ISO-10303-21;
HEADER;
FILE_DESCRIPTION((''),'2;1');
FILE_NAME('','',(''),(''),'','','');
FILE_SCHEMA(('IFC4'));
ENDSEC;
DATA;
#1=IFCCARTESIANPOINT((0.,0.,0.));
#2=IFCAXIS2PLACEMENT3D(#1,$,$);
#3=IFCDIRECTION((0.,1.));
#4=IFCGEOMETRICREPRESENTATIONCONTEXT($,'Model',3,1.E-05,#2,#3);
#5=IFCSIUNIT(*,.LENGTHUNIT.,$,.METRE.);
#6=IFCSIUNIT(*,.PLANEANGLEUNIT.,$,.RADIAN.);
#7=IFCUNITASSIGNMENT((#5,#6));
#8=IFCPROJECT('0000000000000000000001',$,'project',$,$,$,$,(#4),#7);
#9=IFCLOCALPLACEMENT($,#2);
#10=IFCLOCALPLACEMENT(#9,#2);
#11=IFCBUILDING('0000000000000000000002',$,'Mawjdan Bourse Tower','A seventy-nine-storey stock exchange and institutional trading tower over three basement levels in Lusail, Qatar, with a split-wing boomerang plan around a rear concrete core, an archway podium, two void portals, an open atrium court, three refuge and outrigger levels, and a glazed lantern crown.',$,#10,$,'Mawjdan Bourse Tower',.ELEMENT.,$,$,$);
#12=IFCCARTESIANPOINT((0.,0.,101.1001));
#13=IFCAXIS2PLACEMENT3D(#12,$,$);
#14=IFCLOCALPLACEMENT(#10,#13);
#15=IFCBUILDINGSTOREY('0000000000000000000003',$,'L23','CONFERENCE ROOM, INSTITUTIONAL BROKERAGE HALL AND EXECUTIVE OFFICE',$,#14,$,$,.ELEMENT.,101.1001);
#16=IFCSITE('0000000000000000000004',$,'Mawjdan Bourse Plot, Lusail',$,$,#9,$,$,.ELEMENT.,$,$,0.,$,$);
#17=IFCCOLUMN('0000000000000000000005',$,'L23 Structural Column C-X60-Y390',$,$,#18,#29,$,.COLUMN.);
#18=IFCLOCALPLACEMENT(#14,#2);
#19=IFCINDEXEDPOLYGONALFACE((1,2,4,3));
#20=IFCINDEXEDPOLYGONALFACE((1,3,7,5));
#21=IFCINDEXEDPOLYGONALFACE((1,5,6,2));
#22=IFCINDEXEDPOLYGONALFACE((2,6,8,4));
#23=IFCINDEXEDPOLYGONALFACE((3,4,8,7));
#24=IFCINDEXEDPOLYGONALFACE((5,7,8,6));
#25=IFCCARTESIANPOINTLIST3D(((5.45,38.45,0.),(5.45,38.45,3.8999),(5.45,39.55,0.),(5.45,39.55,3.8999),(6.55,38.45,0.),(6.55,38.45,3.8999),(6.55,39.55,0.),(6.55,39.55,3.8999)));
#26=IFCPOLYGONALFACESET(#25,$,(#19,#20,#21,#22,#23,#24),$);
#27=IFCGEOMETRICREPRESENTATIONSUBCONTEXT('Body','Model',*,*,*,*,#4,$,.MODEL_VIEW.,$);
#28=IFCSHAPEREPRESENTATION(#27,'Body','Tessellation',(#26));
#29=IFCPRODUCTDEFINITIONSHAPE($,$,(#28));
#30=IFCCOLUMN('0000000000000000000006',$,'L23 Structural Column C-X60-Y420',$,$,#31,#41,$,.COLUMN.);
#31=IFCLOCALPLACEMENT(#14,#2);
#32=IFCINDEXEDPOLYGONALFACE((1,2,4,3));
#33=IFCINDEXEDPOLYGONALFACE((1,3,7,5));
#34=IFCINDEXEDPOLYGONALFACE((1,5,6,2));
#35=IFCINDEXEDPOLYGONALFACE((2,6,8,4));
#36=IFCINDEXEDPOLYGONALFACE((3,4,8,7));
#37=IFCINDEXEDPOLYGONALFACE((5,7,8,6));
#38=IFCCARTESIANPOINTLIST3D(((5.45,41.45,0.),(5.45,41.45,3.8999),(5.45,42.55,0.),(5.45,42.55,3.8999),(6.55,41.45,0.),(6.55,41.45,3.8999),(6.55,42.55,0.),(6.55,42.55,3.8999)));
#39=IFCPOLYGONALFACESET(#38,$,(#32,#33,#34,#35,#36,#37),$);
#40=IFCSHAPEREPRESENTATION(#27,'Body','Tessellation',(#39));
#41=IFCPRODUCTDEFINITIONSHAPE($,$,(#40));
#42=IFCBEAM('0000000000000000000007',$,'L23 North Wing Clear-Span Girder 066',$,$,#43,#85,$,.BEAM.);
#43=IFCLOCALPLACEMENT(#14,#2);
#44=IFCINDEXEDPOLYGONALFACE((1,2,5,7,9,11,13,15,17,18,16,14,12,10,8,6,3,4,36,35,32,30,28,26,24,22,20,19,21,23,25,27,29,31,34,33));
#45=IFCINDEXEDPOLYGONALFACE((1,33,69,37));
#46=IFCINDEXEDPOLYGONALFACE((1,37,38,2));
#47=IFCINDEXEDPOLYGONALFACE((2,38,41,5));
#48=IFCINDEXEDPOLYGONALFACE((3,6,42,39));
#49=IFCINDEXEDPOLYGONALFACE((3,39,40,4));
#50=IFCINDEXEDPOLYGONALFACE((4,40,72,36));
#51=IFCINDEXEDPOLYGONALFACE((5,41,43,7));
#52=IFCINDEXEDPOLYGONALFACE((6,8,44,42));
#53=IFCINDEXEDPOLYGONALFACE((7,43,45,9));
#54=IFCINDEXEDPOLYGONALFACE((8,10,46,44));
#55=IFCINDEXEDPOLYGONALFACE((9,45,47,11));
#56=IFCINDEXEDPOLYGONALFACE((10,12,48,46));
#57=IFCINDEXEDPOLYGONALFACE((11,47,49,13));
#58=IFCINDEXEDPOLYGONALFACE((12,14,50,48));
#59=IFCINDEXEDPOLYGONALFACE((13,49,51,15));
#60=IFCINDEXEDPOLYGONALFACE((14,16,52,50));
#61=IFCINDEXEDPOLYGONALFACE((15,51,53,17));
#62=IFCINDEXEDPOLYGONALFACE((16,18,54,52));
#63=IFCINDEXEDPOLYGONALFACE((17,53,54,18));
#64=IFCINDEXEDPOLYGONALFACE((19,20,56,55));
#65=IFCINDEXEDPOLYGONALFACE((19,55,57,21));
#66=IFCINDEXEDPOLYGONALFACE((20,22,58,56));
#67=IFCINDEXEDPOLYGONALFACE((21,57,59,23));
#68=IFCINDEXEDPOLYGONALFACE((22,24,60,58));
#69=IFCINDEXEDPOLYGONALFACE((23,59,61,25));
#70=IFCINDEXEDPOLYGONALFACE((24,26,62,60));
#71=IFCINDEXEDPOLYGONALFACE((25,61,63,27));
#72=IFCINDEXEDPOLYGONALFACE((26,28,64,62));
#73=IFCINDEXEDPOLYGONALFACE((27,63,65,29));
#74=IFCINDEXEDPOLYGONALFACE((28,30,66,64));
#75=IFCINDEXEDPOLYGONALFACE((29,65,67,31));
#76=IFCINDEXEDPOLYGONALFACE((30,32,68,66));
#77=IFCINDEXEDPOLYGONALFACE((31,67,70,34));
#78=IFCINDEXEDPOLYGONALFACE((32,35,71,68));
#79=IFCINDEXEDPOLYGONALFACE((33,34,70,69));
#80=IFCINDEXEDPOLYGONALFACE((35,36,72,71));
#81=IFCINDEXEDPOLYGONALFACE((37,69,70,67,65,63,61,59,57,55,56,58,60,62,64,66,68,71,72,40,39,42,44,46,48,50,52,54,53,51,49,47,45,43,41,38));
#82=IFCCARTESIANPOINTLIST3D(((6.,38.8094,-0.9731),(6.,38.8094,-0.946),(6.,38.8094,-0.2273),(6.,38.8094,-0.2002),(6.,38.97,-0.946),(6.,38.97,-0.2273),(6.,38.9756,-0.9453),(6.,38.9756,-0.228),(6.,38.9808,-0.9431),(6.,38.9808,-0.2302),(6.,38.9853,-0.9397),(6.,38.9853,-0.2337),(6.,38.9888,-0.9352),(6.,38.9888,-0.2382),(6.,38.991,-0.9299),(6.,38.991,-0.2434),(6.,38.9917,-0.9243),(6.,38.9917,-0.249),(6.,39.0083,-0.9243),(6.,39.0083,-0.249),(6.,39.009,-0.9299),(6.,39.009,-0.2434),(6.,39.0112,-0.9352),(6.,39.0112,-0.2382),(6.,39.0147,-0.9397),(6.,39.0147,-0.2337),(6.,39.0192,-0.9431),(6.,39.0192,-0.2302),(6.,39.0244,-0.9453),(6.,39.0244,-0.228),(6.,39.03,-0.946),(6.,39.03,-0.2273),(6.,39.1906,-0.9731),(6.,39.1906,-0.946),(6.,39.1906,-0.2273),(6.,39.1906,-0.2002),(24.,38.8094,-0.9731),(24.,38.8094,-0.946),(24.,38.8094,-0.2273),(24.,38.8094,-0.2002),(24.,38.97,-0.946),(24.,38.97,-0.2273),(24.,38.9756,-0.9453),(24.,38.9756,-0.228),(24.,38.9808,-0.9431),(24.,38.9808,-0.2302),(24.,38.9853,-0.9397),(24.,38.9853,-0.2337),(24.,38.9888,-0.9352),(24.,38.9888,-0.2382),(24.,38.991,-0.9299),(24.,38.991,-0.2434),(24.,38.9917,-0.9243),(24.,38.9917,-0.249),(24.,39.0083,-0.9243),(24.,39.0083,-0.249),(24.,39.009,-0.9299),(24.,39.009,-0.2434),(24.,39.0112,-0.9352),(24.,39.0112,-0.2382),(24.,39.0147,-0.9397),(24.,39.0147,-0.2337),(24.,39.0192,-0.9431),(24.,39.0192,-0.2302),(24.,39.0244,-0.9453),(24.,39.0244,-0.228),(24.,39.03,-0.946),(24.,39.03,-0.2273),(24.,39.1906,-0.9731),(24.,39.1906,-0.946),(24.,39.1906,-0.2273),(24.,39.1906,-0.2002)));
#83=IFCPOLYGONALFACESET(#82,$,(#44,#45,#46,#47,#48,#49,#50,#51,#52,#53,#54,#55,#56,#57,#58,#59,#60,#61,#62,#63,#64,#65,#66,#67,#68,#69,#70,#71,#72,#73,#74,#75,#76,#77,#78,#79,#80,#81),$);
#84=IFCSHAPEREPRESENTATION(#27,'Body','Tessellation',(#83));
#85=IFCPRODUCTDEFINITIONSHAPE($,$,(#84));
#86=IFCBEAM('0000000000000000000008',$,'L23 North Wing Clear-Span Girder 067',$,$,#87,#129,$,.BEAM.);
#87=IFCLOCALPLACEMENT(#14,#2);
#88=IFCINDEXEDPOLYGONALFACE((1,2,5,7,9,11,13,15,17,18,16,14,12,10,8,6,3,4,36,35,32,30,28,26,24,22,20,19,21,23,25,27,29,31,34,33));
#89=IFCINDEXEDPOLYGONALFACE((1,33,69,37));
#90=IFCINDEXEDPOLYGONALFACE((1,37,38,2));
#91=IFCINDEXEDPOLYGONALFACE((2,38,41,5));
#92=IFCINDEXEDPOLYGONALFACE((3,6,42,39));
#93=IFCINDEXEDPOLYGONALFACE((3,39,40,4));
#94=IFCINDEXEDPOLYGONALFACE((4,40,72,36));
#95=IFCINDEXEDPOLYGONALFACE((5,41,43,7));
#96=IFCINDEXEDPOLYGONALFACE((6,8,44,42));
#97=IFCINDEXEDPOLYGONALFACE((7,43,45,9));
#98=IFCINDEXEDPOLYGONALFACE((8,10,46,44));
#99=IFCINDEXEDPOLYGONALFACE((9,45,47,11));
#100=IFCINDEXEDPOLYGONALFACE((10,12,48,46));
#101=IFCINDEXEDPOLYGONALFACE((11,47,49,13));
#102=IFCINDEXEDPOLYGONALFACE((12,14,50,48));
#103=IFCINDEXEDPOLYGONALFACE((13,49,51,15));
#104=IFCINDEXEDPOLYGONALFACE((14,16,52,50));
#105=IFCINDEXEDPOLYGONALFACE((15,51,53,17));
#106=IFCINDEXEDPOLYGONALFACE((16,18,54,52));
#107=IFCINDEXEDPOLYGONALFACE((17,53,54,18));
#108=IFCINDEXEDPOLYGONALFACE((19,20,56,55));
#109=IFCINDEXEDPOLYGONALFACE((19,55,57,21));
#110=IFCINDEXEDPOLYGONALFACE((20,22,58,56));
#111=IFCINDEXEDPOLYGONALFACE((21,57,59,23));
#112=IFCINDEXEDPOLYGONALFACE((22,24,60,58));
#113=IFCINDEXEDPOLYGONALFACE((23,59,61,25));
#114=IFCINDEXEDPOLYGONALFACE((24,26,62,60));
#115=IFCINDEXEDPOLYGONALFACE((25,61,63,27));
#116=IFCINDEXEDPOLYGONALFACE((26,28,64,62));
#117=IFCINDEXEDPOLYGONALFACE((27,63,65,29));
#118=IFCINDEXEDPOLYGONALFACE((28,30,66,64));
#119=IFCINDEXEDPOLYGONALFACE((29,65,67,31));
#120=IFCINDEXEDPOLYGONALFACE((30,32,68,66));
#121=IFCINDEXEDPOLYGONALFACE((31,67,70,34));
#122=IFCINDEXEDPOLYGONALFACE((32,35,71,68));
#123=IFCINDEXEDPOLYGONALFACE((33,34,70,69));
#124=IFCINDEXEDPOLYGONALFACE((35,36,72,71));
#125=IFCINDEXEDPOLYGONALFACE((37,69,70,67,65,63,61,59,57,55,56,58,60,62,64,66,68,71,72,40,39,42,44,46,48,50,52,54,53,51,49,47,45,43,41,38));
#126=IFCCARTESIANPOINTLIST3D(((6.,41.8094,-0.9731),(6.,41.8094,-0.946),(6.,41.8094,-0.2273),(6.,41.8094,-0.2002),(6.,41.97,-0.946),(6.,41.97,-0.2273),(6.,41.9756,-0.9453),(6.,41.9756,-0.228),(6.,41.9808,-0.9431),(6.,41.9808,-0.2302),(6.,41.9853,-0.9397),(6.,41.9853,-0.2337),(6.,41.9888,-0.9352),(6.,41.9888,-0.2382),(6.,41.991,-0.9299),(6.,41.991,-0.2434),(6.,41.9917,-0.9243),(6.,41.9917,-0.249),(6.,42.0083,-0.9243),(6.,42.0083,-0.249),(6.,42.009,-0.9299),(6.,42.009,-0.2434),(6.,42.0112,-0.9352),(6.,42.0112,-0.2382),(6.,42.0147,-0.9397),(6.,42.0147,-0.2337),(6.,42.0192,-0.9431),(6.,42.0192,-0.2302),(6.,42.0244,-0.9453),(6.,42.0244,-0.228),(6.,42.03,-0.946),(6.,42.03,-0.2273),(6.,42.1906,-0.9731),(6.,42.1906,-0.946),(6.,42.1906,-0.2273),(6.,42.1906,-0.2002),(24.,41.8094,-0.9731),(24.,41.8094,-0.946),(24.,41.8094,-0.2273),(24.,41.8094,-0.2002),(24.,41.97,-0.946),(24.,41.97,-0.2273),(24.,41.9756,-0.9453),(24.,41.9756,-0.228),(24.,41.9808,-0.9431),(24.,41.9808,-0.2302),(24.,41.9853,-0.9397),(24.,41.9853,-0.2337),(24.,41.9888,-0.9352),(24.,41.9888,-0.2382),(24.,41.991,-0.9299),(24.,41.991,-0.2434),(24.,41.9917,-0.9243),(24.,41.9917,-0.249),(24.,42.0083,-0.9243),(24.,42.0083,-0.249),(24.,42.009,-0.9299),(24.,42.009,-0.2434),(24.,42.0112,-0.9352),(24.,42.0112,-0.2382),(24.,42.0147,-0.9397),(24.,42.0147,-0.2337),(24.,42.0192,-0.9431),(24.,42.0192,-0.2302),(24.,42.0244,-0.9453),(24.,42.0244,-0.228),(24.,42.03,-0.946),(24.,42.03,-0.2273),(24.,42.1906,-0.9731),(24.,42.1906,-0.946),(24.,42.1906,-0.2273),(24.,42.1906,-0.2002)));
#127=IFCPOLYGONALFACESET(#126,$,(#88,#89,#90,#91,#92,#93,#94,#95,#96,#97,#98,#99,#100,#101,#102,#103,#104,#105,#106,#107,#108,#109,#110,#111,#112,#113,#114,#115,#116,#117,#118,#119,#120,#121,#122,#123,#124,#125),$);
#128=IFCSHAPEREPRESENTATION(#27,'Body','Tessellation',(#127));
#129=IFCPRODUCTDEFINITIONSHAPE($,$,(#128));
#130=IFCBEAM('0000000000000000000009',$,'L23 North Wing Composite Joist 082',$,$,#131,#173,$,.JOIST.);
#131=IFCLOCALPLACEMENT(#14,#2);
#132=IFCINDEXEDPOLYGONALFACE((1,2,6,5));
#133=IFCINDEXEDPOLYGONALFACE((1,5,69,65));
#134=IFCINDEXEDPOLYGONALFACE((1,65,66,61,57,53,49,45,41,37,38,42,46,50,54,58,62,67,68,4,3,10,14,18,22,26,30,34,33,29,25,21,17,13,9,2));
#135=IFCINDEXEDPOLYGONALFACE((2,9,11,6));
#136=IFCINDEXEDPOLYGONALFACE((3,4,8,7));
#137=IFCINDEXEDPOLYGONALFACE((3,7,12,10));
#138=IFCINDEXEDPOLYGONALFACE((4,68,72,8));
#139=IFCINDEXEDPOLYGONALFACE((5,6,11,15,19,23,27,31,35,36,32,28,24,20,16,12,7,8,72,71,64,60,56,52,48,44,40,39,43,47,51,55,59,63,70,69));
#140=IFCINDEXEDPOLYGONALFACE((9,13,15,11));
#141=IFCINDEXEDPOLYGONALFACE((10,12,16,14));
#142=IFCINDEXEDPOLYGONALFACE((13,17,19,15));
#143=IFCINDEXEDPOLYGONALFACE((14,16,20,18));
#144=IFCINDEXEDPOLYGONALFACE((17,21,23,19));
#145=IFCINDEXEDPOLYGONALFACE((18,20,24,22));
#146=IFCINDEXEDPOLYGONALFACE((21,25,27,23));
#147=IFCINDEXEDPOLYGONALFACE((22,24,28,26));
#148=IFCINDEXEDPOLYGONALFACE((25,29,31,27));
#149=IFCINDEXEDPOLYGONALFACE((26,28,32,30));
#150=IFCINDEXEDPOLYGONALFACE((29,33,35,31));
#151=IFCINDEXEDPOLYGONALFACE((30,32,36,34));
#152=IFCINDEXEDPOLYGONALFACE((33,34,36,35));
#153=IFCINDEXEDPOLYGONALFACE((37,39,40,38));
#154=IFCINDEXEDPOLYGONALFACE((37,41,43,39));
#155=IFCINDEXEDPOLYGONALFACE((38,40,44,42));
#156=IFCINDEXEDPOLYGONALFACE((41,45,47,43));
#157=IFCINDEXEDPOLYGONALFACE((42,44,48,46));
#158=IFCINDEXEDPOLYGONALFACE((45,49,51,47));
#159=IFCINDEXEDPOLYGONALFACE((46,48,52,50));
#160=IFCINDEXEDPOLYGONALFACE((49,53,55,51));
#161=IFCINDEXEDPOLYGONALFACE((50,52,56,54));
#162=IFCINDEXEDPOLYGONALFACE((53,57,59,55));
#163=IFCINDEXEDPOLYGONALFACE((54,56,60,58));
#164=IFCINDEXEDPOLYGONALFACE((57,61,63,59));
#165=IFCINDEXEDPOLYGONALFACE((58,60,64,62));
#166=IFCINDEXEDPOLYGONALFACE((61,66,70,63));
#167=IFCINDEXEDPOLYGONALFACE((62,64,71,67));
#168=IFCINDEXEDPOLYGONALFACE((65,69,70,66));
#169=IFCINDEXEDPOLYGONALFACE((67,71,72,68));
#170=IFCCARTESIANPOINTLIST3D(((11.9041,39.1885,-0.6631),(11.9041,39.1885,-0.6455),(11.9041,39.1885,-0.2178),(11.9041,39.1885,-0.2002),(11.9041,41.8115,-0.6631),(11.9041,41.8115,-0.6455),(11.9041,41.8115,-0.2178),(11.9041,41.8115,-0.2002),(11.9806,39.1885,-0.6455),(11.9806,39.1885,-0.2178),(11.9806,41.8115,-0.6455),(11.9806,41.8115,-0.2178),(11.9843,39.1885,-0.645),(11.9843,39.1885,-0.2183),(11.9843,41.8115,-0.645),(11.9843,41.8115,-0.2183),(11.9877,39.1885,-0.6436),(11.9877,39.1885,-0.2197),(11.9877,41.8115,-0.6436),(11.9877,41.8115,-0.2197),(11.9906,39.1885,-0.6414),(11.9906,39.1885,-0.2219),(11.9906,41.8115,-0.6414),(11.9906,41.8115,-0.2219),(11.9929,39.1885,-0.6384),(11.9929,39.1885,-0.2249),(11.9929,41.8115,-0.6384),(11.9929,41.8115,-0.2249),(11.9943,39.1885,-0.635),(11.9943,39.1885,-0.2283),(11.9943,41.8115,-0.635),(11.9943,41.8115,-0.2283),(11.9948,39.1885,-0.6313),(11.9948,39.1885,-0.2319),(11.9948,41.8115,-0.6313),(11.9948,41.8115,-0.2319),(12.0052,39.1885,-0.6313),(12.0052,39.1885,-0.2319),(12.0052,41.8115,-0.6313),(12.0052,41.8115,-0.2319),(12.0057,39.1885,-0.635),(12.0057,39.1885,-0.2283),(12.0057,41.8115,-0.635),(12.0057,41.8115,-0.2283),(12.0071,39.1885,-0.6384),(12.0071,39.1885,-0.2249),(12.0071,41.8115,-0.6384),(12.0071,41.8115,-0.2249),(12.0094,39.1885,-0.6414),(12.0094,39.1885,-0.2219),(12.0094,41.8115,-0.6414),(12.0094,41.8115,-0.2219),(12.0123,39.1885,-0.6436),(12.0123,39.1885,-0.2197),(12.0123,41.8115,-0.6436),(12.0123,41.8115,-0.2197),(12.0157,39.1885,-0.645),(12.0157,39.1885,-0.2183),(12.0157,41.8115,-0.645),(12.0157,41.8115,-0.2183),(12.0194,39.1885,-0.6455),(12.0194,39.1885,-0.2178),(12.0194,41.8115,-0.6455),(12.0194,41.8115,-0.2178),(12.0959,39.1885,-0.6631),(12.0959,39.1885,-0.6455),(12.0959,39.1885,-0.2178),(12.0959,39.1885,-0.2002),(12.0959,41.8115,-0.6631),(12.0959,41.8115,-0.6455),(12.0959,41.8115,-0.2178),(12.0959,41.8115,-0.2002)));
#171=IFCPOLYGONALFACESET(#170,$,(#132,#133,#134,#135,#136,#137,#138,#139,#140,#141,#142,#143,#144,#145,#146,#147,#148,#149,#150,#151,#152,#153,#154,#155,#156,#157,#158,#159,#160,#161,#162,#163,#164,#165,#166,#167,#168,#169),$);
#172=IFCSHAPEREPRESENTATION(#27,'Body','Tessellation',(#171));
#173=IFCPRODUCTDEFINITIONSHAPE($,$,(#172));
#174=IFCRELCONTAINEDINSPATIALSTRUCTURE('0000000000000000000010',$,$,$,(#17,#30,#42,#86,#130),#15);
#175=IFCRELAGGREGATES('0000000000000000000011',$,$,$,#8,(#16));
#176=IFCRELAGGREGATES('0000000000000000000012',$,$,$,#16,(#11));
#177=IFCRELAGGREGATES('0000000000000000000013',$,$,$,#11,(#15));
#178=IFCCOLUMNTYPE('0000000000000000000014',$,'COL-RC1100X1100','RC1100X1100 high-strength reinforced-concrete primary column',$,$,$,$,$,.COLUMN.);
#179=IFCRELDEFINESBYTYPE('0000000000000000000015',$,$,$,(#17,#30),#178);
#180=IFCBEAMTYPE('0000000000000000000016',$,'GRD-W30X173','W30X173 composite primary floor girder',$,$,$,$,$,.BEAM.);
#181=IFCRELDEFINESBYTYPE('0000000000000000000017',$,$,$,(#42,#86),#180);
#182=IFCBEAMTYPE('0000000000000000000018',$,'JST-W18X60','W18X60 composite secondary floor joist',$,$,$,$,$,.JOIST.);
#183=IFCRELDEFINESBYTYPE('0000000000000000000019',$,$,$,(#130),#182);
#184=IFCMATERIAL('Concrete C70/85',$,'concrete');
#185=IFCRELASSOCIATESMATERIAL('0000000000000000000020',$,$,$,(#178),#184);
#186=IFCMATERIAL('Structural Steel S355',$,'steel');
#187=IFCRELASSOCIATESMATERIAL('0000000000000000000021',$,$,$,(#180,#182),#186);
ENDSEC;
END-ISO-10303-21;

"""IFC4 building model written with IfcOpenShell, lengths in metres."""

from ifc_helpers import new_model, si_unit, direction, frame, origin, origin_2d, place, context, subcontext, project, spatial, rectangle, i_section, extrude, material, material_profile, profile_set, type_object, element, save


model = new_model("IFC4")

# Units and contexts
model_context = context("Model", 3, precision=1e-05, world=origin(), true_north=direction((0.0, 1.0)))
body_context = subcontext(model_context, "Body", "Model", "MODEL_VIEW")
ifc_project = project(units=[si_unit("LENGTHUNIT", "METRE"), si_unit("PLANEANGLEUNIT", "RADIAN")], contexts=[model_context])

# Site, building, storey
site_placement = place(None, origin())
site = spatial("IfcSite", under=ifc_project, at=site_placement, Name="Mawjdan Bourse Plot, Lusail", CompositionType="ELEMENT", RefElevation=0.0)
building_placement = place(site_placement, origin())
building = spatial("IfcBuilding", under=site, at=building_placement, Name="Mawjdan Bourse Tower", Description="A seventy-nine-storey stock exchange and institutional trading tower over three basement levels in Lusail, Qatar, with a split-wing boomerang plan around a rear concrete core, an archway podium, two void portals, an open atrium court, three refuge and outrigger levels, and a glazed lantern crown.", LongName="Mawjdan Bourse Tower", CompositionType="ELEMENT")
storey_placement = place(building_placement, frame((0.0, 0.0, 101.1001)))
storey = spatial("IfcBuildingStorey", under=building, at=storey_placement, Name="L23", Description="CONFERENCE ROOM, INSTITUTIONAL BROKERAGE HALL AND EXECUTIVE OFFICE", CompositionType="ELEMENT", Elevation=101.1001)

# Columns
ifc_material_1 = material(Name="Concrete C70/85", Category="concrete")
ifc_material_profile_1 = material_profile(ifc_material_1, rectangle(XDim=1.1001, YDim=1.1001, at=origin_2d()), Name="RC1100X1100")
ifc_profile_set_1 = profile_set([ifc_material_profile_1], Name="Concrete C70/85")
column_type = type_object("IfcColumnType", Name="COL-RC1100X1100", Description="RC1100X1100 high-strength reinforced-concrete primary column", PredefinedType="COLUMN", material=ifc_profile_set_1)
for number, where, z_axis, x_axis, name in (
    (1, (6.0, 39.0, 0.0), (0.0, 0.0, 1.0), (1.0, 0.0, 0.0), "L23 Structural Column C-X60-Y390"),
    (2, (6.0, 42.0, 0.0), (0.0, 0.0, 1.0), (1.0, 0.0, 0.0), "L23 Structural Column C-X60-Y420"),
):
    element("IfcColumn", number, at=place(storey_placement, frame(where, z_axis=z_axis, x_axis=x_axis)), inside=storey, type_object=column_type, Name=name, PredefinedType="COLUMN", context=body_context, shape_type="SweptSolid", body=[
        extrude(rectangle(XDim=1.1001, YDim=1.1001, at=origin_2d()), origin(), (0.0, 0.0, 1.0), 3.8999),
    ])

# Beams
ifc_material_2 = material(Name="Structural Steel S355", Category="steel")
ifc_material_profile_2 = material_profile(ifc_material_2, i_section(OverallWidth=0.3811, OverallDepth=0.7729, WebThickness=0.0166, FlangeThickness=0.0271, FilletRadius=0.0217, at=origin_2d()), Name="W30X173")
ifc_profile_set_2 = profile_set([ifc_material_profile_2], Name="Structural Steel S355")
beam_type_1 = type_object("IfcBeamType", Name="GRD-W30X173", Description="W30X173 composite primary floor girder", PredefinedType="BEAM", material=ifc_profile_set_2)
for number, where, z_axis, x_axis, name in (
    (3, (6.0, 39.0, -0.5867), (1.0, 0.0, 0.0), (0.0, 1.0, 0.0), "L23 North Wing Clear-Span Girder 066"),
    (4, (6.0, 42.0, -0.5867), (1.0, 0.0, 0.0), (0.0, 1.0, 0.0), "L23 North Wing Clear-Span Girder 067"),
):
    element("IfcBeam", number, at=place(storey_placement, frame(where, z_axis=z_axis, x_axis=x_axis)), inside=storey, type_object=beam_type_1, Name=name, PredefinedType="BEAM", context=body_context, shape_type="SweptSolid", body=[
        extrude(i_section(OverallWidth=0.3811, OverallDepth=0.7729, WebThickness=0.0166, FlangeThickness=0.0271, FilletRadius=0.0217, at=origin_2d()), origin(), (0.0, 0.0, 1.0), 18.0),
    ])
ifc_material_profile_3 = material_profile(ifc_material_2, i_section(OverallWidth=0.1919, OverallDepth=0.4629, WebThickness=0.0105, FlangeThickness=0.0176, FilletRadius=0.0142, at=origin_2d()), Name="W18X60")
ifc_profile_set_3 = profile_set([ifc_material_profile_3], Name="Structural Steel S355")
beam_type_2 = type_object("IfcBeamType", Name="JST-W18X60", Description="W18X60 composite secondary floor joist", PredefinedType="JOIST", material=ifc_profile_set_3)
for number, where, z_axis, x_axis, name in (
    (5, (12.0, 39.1885, -0.4316), (0.0, 1.0, 0.0), (-1.0, 0.0, 0.0), "L23 North Wing Composite Joist 082"),
):
    element("IfcBeam", number, at=place(storey_placement, frame(where, z_axis=z_axis, x_axis=x_axis)), inside=storey, type_object=beam_type_2, Name=name, PredefinedType="JOIST", context=body_context, shape_type="SweptSolid", body=[
        extrude(i_section(OverallWidth=0.1919, OverallDepth=0.4629, WebThickness=0.0105, FlangeThickness=0.0176, FilletRadius=0.0142, at=origin_2d()), origin(), (0.0, 0.0, 1.0), 2.623),
    ])

save(model, "model.ifc")
